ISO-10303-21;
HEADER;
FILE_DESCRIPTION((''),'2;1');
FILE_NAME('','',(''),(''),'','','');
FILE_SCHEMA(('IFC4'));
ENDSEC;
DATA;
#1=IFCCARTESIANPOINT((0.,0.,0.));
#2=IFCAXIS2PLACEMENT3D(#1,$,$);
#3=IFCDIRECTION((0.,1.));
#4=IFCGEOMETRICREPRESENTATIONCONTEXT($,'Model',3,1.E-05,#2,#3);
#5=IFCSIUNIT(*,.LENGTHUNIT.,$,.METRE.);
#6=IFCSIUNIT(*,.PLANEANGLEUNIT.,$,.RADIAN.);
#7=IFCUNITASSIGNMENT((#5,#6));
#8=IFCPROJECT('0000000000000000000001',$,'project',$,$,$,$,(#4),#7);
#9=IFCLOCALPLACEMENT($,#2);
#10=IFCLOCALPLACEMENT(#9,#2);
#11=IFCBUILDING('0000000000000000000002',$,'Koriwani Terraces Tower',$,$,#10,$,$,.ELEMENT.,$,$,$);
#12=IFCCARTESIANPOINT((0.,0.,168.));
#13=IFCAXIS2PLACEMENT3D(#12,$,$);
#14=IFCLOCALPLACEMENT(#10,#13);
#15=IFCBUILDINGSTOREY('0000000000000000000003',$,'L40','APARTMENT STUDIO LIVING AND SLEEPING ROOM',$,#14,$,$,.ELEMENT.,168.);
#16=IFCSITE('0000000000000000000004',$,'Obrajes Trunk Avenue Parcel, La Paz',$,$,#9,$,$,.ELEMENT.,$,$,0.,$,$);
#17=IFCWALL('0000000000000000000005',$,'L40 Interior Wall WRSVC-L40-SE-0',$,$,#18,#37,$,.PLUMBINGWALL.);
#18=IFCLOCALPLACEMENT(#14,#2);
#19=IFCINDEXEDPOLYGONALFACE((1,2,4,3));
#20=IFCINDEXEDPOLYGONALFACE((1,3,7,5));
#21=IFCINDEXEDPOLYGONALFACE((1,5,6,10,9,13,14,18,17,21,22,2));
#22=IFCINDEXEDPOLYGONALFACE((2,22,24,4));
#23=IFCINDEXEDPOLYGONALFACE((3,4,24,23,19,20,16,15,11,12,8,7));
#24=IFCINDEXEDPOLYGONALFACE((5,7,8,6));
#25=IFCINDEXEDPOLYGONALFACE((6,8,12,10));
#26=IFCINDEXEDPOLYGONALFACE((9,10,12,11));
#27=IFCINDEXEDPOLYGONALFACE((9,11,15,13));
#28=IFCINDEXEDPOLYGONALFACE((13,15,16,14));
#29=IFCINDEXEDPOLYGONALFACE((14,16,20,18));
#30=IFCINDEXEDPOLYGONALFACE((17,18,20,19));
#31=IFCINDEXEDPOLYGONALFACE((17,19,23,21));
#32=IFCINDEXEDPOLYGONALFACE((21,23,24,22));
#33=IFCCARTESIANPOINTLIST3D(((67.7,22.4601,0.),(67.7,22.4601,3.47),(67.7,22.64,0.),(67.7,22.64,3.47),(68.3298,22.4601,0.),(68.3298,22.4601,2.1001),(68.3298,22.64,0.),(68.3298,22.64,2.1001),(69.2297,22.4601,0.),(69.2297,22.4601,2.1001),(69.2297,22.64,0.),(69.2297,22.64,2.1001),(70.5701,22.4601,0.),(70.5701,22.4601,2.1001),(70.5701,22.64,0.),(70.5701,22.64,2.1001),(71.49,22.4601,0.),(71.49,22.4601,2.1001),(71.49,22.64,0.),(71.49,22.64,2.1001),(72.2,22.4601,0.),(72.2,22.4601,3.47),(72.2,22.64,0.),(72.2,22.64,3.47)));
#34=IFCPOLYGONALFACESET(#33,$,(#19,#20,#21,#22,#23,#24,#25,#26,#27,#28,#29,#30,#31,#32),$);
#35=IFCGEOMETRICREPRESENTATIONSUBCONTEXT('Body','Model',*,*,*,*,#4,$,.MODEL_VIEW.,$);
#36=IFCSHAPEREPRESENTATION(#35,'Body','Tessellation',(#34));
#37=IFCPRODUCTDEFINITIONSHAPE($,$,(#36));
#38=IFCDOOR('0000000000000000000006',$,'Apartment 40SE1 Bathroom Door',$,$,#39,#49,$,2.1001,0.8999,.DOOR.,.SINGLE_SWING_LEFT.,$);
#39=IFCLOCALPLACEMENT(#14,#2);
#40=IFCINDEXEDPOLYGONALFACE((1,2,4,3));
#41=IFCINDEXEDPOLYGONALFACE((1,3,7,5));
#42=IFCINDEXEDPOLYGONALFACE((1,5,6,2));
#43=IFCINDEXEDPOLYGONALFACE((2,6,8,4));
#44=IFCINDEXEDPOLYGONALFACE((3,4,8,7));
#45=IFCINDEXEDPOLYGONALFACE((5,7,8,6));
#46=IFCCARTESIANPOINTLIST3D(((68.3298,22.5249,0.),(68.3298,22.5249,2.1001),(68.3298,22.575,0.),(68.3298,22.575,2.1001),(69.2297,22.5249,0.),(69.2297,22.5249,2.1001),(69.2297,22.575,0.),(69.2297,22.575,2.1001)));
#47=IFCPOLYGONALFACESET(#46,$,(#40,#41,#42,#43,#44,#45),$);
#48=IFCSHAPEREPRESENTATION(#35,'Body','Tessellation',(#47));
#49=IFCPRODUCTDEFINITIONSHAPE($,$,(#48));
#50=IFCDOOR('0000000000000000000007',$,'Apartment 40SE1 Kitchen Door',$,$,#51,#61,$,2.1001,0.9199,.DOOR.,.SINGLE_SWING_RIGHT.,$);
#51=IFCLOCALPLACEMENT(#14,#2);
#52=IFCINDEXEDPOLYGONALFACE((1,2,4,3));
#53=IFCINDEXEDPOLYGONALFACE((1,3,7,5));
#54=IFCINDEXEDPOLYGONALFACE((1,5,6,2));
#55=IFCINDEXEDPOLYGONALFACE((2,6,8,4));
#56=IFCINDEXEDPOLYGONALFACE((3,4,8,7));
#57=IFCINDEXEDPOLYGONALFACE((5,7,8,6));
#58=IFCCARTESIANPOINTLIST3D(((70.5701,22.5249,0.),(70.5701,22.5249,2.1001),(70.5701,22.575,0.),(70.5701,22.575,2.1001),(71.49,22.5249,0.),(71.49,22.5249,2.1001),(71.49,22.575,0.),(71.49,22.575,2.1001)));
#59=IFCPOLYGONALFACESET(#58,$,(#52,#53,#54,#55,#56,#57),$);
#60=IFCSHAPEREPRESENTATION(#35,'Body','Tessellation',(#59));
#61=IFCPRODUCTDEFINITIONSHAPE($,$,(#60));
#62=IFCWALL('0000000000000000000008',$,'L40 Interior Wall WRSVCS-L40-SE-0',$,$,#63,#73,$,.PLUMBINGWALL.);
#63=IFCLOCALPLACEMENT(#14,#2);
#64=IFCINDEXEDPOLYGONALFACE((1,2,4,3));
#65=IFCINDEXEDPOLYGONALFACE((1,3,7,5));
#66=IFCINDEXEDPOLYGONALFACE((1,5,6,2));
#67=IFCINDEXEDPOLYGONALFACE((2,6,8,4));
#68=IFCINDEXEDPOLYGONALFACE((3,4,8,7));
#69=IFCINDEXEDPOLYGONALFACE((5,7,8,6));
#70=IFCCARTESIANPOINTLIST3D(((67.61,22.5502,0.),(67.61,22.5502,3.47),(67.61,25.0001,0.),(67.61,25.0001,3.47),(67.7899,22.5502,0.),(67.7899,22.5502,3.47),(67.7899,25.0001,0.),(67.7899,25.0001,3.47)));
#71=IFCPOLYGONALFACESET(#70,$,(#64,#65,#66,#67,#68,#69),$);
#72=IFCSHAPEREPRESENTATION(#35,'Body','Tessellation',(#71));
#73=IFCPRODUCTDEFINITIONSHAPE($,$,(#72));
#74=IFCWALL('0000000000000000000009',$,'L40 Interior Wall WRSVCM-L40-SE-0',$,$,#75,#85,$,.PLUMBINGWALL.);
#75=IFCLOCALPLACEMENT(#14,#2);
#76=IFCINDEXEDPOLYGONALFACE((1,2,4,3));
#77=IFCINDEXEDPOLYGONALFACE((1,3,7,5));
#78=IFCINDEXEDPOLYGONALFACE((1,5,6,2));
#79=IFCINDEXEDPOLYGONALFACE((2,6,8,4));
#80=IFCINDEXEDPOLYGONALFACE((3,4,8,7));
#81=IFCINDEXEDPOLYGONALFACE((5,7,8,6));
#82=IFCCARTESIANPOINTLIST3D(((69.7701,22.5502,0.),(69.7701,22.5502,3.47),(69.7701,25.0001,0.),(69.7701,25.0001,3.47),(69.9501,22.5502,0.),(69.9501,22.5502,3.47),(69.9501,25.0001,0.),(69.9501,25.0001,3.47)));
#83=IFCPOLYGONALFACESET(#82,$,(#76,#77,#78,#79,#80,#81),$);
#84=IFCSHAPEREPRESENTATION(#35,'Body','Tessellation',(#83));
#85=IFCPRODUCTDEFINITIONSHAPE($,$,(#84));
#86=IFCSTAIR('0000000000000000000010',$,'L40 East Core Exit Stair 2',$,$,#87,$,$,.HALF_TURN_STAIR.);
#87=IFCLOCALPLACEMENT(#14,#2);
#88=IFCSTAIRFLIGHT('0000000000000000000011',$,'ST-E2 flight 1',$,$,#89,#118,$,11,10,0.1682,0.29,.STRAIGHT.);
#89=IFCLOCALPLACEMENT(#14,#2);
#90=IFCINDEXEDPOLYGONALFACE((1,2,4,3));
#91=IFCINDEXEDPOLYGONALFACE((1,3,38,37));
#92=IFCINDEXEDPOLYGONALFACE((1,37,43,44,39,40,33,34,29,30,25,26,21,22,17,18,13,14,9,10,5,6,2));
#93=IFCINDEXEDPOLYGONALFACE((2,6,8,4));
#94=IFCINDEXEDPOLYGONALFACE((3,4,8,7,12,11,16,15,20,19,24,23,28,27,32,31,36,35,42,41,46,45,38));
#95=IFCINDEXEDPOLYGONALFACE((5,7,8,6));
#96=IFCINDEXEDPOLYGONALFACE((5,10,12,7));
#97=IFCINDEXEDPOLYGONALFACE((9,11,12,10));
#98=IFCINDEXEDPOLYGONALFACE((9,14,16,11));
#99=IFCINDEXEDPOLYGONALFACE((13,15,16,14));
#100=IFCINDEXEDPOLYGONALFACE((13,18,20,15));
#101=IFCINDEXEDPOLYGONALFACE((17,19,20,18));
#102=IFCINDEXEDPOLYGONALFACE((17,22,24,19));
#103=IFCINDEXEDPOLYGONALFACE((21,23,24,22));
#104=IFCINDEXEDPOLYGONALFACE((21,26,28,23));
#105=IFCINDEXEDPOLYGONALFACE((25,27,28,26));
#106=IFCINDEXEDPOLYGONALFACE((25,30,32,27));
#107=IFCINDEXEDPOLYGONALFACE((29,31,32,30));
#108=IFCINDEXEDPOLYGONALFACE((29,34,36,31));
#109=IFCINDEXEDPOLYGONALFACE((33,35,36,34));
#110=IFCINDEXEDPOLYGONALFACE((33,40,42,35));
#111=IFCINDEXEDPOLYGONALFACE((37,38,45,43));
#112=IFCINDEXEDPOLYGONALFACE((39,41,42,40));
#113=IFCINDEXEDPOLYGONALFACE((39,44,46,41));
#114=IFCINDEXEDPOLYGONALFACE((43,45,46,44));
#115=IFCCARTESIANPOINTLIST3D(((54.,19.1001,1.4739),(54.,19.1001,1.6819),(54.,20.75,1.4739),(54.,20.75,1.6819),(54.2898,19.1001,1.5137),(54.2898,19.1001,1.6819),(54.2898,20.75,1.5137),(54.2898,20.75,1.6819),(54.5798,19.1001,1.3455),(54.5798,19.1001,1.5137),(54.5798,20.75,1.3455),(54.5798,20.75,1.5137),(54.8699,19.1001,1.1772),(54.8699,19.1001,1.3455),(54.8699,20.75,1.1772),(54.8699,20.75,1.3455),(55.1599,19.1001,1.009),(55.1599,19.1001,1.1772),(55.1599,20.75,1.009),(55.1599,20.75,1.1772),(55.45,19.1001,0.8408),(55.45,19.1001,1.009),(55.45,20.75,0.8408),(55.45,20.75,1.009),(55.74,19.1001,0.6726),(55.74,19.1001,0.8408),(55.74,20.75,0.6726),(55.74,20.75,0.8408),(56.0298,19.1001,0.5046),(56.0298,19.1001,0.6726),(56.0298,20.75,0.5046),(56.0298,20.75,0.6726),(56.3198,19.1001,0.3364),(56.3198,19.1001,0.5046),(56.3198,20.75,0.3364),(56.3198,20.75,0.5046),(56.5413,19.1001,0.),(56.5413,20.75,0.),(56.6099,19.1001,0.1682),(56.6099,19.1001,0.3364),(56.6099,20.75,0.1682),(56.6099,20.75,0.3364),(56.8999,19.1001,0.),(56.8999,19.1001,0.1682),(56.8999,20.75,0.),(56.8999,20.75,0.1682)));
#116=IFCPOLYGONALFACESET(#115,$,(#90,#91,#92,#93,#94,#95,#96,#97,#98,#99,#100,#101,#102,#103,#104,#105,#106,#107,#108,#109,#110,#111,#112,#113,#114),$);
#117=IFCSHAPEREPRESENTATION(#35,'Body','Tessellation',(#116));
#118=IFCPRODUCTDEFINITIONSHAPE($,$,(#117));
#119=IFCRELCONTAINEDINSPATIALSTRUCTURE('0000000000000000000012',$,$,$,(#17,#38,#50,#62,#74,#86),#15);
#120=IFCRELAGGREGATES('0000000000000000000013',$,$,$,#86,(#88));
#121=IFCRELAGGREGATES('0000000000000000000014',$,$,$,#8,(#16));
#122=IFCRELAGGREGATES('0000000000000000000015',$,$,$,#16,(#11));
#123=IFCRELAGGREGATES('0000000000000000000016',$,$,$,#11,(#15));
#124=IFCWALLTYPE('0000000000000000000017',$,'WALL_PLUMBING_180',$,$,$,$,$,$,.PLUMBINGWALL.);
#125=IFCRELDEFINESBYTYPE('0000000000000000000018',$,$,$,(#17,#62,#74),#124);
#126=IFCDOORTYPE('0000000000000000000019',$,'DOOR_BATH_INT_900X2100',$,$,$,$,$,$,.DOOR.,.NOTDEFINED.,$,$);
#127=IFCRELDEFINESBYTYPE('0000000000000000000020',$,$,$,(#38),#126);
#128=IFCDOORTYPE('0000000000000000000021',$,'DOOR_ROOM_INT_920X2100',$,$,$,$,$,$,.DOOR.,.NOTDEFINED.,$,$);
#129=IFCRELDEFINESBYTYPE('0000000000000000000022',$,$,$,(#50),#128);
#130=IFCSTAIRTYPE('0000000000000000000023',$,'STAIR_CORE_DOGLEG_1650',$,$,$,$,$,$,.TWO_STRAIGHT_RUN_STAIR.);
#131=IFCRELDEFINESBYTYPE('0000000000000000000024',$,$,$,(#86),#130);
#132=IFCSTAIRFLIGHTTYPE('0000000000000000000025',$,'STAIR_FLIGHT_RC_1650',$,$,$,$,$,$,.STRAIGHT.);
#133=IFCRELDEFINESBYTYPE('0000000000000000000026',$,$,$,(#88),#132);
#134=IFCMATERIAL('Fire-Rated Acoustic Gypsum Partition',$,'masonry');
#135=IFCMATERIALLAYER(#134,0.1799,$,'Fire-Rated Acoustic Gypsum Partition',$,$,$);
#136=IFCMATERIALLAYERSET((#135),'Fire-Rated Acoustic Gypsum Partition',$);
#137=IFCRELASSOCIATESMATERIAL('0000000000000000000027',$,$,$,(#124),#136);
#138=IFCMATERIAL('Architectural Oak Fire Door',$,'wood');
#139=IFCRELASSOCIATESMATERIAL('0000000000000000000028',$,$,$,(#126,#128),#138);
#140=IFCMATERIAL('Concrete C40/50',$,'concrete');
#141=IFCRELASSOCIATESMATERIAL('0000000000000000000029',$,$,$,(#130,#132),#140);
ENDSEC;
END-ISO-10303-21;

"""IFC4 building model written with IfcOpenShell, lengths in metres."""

from ifc_helpers import new_model, si_unit, direction, frame, frame_2d, origin, place, context, subcontext, project, spatial, polyline, rectangle, outline, extrude, material, layer, layer_set, type_object, element, fill, aggregate, save


model = new_model("IFC4")

# Units and contexts
model_context = context("Model", 3, precision=1e-05, world=origin(), true_north=direction((0.0, 1.0)))
body_context = subcontext(model_context, "Body", "Model", "MODEL_VIEW")
ifc_project = project(units=[si_unit("LENGTHUNIT", "METRE"), si_unit("PLANEANGLEUNIT", "RADIAN")], contexts=[model_context])

# Site, building, storey
site_placement = place(None, origin())
site = spatial("IfcSite", under=ifc_project, at=site_placement, Name="Obrajes Trunk Avenue Parcel, La Paz", CompositionType="ELEMENT", RefElevation=0.0)
building_placement = place(site_placement, origin())
building = spatial("IfcBuilding", under=site, at=building_placement, Name="Koriwani Terraces Tower", CompositionType="ELEMENT")
storey_placement = place(building_placement, frame((0.0, 0.0, 168.0)))
storey = spatial("IfcBuildingStorey", under=building, at=storey_placement, Name="L40", Description="APARTMENT STUDIO LIVING AND SLEEPING ROOM", CompositionType="ELEMENT", Elevation=168.0)

# Shared definitions
ifc_material_1 = material(Name="Architectural Oak Fire Door", Category="wood")

# Wall, openings, doors
ifc_material_2 = material(Name="Fire-Rated Acoustic Gypsum Partition", Category="masonry")
ifc_layer_1 = layer(ifc_material_2, 0.1799, Name="Fire-Rated Acoustic Gypsum Partition")
ifc_layer_set_1 = layer_set([ifc_layer_1], Name="Fire-Rated Acoustic Gypsum Partition")
wall_type_1 = type_object("IfcWallType", Name="WALL_PLUMBING_180", PredefinedType="PLUMBINGWALL", material=ifc_layer_set_1)
wall_1_placement = place(storey_placement, frame((67.7, 22.55, 0.0), z_axis=(0.0, 0.0, 1.0), x_axis=(1.0, 0.0, 0.0)))
wall_1 = element("IfcWall", 1, at=wall_1_placement, inside=storey, type_object=wall_type_1, Name="L40 Interior Wall WRSVC-L40-SE-0", PredefinedType="PLUMBINGWALL", context=body_context, shape_type="SweptSolid", body=[
    extrude(rectangle(XDim=4.5, YDim=0.1799, at=frame_2d((2.25, 0.0))), origin(), (0.0, 0.0, 1.0), 3.47),
])
opening_1_placement = place(wall_1_placement, frame((0.6299, 0.0, 0.0)))
opening_1 = element("IfcOpeningElement", 2, at=opening_1_placement, cuts=wall_1, PredefinedType="OPENING", context=body_context, shape_type="SweptSolid", body=[
    extrude(rectangle(XDim=0.8999, YDim=2.1001, at=frame_2d((0.45, 1.05))), frame((0.0, 0.1001, 0.0), z_axis=(0.0, -1.0, 0.0), x_axis=(1.0, 0.0, 0.0)), (0.0, 0.0, 1.0), 0.2),
])
opening_2_placement = place(wall_1_placement, frame((2.8701, 0.0, 0.0)))
opening_2 = element("IfcOpeningElement", 3, at=opening_2_placement, cuts=wall_1, PredefinedType="OPENING", context=body_context, shape_type="SweptSolid", body=[
    extrude(rectangle(XDim=0.9199, YDim=2.1001, at=frame_2d((0.46, 1.05))), frame((0.0, 0.1001, 0.0), z_axis=(0.0, -1.0, 0.0), x_axis=(1.0, 0.0, 0.0)), (0.0, 0.0, 1.0), 0.2),
])
door_type_1 = type_object("IfcDoorType", Name="DOOR_BATH_INT_900X2100", OperationType="NOTDEFINED", PredefinedType="DOOR", material=ifc_material_1)
door_1_placement = place(opening_1_placement, origin())
door_1 = element("IfcDoor", 4, at=door_1_placement, inside=storey, type_object=door_type_1, Name="Apartment 40SE1 Bathroom Door", OperationType="SINGLE_SWING_LEFT", OverallHeight=2.1001, OverallWidth=0.8999, PredefinedType="DOOR", context=body_context, shape_type="SweptSolid", body=[
    extrude(rectangle(XDim=0.8999, YDim=2.1001, at=frame_2d((0.45, 1.05))), frame((0.0, 0.0249, 0.0), z_axis=(0.0, -1.0, 0.0), x_axis=(1.0, 0.0, 0.0)), (0.0, 0.0, 1.0), 0.05),
])
fill(opening_1, door_1)
door_type_2 = type_object("IfcDoorType", Name="DOOR_ROOM_INT_920X2100", OperationType="NOTDEFINED", PredefinedType="DOOR", material=ifc_material_1)
door_2_placement = place(opening_2_placement, origin())
door_2 = element("IfcDoor", 5, at=door_2_placement, inside=storey, type_object=door_type_2, Name="Apartment 40SE1 Kitchen Door", OperationType="SINGLE_SWING_RIGHT", OverallHeight=2.1001, OverallWidth=0.9199, PredefinedType="DOOR", context=body_context, shape_type="SweptSolid", body=[
    extrude(rectangle(XDim=0.9199, YDim=2.1001, at=frame_2d((0.46, 1.05))), frame((0.0, 0.0249, 0.0), z_axis=(0.0, -1.0, 0.0), x_axis=(1.0, 0.0, 0.0)), (0.0, 0.0, 1.0), 0.05),
])
fill(opening_2, door_2)

# Walls
for number, where, z_axis, x_axis, name in (
    (6, (67.7, 22.55, 0.0), (0.0, 0.0, 1.0), (0.0, 1.0, 0.0), "L40 Interior Wall WRSVCS-L40-SE-0"),
    (7, (69.8601, 22.55, 0.0), (0.0, 0.0, 1.0), (0.0, 1.0, 0.0), "L40 Interior Wall WRSVCM-L40-SE-0"),
):
    element("IfcWall", number, at=place(storey_placement, frame(where, z_axis=z_axis, x_axis=x_axis)), inside=storey, type_object=wall_type_1, Name=name, PredefinedType="PLUMBINGWALL", context=body_context, shape_type="SweptSolid", body=[
        extrude(rectangle(XDim=2.45, YDim=0.1799, at=frame_2d((1.2251, 0.0))), origin(), (0.0, 0.0, 1.0), 3.47),
    ])

# Stair, stair flight
ifc_material_3 = material(Name="Concrete C40/50", Category="concrete")
stair_type = type_object("IfcStairType", Name="STAIR_CORE_DOGLEG_1650", PredefinedType="TWO_STRAIGHT_RUN_STAIR", material=ifc_material_3)
stair_placement = place(storey_placement, origin())
stair = element("IfcStair", 8, at=stair_placement, inside=storey, type_object=stair_type, Name="L40 East Core Exit Stair 2", PredefinedType="HALF_TURN_STAIR")
stair_flight_type = type_object("IfcStairFlightType", Name="STAIR_FLIGHT_RC_1650", PredefinedType="STRAIGHT", material=ifc_material_3)
stair_flight_placement = place(storey_placement, frame((56.8999, 19.925, 0.0), z_axis=(0.0, 0.0, 1.0), x_axis=(-1.0, 0.0, 0.0)))
stair_flight = element("IfcStairFlight", 9, at=stair_flight_placement, type_object=stair_flight_type, Name="ST-E2 flight 1", NumberOfRisers=11, NumberOfTreads=10, PredefinedType="STRAIGHT", RiserHeight=0.1682, TreadLength=0.29, context=body_context, shape_type="SweptSolid", body=[
    extrude(outline(polyline([(0.0, 0.0), (0.0, 0.1682), (0.29, 0.1682), (0.29, 0.3364), (0.5801, 0.3364), (0.5801, 0.5046), (0.8701, 0.5046), (0.8701, 0.6726), (1.1599, 0.6726), (1.1599, 0.8408), (1.45, 0.8408), (1.45, 1.009), (1.74, 1.009), (1.74, 1.1772), (2.03, 1.1772), (2.03, 1.3455), (2.3201, 1.3455), (2.3201, 1.5137), (2.6101, 1.5137), (2.6101, 1.6819), (2.8999, 1.6819), (2.8999, 1.8501), (2.8999, 1.4739), (0.3586, 0.0), (0.0, 0.0)])), frame((0.0, 0.825, 0.0), z_axis=(0.0, -1.0, 0.0), x_axis=(1.0, 0.0, 0.0)), (0.0, 0.0, 1.0), 1.6499),
])
aggregate(stair, [stair_flight])

save(model, "model.ifc")
